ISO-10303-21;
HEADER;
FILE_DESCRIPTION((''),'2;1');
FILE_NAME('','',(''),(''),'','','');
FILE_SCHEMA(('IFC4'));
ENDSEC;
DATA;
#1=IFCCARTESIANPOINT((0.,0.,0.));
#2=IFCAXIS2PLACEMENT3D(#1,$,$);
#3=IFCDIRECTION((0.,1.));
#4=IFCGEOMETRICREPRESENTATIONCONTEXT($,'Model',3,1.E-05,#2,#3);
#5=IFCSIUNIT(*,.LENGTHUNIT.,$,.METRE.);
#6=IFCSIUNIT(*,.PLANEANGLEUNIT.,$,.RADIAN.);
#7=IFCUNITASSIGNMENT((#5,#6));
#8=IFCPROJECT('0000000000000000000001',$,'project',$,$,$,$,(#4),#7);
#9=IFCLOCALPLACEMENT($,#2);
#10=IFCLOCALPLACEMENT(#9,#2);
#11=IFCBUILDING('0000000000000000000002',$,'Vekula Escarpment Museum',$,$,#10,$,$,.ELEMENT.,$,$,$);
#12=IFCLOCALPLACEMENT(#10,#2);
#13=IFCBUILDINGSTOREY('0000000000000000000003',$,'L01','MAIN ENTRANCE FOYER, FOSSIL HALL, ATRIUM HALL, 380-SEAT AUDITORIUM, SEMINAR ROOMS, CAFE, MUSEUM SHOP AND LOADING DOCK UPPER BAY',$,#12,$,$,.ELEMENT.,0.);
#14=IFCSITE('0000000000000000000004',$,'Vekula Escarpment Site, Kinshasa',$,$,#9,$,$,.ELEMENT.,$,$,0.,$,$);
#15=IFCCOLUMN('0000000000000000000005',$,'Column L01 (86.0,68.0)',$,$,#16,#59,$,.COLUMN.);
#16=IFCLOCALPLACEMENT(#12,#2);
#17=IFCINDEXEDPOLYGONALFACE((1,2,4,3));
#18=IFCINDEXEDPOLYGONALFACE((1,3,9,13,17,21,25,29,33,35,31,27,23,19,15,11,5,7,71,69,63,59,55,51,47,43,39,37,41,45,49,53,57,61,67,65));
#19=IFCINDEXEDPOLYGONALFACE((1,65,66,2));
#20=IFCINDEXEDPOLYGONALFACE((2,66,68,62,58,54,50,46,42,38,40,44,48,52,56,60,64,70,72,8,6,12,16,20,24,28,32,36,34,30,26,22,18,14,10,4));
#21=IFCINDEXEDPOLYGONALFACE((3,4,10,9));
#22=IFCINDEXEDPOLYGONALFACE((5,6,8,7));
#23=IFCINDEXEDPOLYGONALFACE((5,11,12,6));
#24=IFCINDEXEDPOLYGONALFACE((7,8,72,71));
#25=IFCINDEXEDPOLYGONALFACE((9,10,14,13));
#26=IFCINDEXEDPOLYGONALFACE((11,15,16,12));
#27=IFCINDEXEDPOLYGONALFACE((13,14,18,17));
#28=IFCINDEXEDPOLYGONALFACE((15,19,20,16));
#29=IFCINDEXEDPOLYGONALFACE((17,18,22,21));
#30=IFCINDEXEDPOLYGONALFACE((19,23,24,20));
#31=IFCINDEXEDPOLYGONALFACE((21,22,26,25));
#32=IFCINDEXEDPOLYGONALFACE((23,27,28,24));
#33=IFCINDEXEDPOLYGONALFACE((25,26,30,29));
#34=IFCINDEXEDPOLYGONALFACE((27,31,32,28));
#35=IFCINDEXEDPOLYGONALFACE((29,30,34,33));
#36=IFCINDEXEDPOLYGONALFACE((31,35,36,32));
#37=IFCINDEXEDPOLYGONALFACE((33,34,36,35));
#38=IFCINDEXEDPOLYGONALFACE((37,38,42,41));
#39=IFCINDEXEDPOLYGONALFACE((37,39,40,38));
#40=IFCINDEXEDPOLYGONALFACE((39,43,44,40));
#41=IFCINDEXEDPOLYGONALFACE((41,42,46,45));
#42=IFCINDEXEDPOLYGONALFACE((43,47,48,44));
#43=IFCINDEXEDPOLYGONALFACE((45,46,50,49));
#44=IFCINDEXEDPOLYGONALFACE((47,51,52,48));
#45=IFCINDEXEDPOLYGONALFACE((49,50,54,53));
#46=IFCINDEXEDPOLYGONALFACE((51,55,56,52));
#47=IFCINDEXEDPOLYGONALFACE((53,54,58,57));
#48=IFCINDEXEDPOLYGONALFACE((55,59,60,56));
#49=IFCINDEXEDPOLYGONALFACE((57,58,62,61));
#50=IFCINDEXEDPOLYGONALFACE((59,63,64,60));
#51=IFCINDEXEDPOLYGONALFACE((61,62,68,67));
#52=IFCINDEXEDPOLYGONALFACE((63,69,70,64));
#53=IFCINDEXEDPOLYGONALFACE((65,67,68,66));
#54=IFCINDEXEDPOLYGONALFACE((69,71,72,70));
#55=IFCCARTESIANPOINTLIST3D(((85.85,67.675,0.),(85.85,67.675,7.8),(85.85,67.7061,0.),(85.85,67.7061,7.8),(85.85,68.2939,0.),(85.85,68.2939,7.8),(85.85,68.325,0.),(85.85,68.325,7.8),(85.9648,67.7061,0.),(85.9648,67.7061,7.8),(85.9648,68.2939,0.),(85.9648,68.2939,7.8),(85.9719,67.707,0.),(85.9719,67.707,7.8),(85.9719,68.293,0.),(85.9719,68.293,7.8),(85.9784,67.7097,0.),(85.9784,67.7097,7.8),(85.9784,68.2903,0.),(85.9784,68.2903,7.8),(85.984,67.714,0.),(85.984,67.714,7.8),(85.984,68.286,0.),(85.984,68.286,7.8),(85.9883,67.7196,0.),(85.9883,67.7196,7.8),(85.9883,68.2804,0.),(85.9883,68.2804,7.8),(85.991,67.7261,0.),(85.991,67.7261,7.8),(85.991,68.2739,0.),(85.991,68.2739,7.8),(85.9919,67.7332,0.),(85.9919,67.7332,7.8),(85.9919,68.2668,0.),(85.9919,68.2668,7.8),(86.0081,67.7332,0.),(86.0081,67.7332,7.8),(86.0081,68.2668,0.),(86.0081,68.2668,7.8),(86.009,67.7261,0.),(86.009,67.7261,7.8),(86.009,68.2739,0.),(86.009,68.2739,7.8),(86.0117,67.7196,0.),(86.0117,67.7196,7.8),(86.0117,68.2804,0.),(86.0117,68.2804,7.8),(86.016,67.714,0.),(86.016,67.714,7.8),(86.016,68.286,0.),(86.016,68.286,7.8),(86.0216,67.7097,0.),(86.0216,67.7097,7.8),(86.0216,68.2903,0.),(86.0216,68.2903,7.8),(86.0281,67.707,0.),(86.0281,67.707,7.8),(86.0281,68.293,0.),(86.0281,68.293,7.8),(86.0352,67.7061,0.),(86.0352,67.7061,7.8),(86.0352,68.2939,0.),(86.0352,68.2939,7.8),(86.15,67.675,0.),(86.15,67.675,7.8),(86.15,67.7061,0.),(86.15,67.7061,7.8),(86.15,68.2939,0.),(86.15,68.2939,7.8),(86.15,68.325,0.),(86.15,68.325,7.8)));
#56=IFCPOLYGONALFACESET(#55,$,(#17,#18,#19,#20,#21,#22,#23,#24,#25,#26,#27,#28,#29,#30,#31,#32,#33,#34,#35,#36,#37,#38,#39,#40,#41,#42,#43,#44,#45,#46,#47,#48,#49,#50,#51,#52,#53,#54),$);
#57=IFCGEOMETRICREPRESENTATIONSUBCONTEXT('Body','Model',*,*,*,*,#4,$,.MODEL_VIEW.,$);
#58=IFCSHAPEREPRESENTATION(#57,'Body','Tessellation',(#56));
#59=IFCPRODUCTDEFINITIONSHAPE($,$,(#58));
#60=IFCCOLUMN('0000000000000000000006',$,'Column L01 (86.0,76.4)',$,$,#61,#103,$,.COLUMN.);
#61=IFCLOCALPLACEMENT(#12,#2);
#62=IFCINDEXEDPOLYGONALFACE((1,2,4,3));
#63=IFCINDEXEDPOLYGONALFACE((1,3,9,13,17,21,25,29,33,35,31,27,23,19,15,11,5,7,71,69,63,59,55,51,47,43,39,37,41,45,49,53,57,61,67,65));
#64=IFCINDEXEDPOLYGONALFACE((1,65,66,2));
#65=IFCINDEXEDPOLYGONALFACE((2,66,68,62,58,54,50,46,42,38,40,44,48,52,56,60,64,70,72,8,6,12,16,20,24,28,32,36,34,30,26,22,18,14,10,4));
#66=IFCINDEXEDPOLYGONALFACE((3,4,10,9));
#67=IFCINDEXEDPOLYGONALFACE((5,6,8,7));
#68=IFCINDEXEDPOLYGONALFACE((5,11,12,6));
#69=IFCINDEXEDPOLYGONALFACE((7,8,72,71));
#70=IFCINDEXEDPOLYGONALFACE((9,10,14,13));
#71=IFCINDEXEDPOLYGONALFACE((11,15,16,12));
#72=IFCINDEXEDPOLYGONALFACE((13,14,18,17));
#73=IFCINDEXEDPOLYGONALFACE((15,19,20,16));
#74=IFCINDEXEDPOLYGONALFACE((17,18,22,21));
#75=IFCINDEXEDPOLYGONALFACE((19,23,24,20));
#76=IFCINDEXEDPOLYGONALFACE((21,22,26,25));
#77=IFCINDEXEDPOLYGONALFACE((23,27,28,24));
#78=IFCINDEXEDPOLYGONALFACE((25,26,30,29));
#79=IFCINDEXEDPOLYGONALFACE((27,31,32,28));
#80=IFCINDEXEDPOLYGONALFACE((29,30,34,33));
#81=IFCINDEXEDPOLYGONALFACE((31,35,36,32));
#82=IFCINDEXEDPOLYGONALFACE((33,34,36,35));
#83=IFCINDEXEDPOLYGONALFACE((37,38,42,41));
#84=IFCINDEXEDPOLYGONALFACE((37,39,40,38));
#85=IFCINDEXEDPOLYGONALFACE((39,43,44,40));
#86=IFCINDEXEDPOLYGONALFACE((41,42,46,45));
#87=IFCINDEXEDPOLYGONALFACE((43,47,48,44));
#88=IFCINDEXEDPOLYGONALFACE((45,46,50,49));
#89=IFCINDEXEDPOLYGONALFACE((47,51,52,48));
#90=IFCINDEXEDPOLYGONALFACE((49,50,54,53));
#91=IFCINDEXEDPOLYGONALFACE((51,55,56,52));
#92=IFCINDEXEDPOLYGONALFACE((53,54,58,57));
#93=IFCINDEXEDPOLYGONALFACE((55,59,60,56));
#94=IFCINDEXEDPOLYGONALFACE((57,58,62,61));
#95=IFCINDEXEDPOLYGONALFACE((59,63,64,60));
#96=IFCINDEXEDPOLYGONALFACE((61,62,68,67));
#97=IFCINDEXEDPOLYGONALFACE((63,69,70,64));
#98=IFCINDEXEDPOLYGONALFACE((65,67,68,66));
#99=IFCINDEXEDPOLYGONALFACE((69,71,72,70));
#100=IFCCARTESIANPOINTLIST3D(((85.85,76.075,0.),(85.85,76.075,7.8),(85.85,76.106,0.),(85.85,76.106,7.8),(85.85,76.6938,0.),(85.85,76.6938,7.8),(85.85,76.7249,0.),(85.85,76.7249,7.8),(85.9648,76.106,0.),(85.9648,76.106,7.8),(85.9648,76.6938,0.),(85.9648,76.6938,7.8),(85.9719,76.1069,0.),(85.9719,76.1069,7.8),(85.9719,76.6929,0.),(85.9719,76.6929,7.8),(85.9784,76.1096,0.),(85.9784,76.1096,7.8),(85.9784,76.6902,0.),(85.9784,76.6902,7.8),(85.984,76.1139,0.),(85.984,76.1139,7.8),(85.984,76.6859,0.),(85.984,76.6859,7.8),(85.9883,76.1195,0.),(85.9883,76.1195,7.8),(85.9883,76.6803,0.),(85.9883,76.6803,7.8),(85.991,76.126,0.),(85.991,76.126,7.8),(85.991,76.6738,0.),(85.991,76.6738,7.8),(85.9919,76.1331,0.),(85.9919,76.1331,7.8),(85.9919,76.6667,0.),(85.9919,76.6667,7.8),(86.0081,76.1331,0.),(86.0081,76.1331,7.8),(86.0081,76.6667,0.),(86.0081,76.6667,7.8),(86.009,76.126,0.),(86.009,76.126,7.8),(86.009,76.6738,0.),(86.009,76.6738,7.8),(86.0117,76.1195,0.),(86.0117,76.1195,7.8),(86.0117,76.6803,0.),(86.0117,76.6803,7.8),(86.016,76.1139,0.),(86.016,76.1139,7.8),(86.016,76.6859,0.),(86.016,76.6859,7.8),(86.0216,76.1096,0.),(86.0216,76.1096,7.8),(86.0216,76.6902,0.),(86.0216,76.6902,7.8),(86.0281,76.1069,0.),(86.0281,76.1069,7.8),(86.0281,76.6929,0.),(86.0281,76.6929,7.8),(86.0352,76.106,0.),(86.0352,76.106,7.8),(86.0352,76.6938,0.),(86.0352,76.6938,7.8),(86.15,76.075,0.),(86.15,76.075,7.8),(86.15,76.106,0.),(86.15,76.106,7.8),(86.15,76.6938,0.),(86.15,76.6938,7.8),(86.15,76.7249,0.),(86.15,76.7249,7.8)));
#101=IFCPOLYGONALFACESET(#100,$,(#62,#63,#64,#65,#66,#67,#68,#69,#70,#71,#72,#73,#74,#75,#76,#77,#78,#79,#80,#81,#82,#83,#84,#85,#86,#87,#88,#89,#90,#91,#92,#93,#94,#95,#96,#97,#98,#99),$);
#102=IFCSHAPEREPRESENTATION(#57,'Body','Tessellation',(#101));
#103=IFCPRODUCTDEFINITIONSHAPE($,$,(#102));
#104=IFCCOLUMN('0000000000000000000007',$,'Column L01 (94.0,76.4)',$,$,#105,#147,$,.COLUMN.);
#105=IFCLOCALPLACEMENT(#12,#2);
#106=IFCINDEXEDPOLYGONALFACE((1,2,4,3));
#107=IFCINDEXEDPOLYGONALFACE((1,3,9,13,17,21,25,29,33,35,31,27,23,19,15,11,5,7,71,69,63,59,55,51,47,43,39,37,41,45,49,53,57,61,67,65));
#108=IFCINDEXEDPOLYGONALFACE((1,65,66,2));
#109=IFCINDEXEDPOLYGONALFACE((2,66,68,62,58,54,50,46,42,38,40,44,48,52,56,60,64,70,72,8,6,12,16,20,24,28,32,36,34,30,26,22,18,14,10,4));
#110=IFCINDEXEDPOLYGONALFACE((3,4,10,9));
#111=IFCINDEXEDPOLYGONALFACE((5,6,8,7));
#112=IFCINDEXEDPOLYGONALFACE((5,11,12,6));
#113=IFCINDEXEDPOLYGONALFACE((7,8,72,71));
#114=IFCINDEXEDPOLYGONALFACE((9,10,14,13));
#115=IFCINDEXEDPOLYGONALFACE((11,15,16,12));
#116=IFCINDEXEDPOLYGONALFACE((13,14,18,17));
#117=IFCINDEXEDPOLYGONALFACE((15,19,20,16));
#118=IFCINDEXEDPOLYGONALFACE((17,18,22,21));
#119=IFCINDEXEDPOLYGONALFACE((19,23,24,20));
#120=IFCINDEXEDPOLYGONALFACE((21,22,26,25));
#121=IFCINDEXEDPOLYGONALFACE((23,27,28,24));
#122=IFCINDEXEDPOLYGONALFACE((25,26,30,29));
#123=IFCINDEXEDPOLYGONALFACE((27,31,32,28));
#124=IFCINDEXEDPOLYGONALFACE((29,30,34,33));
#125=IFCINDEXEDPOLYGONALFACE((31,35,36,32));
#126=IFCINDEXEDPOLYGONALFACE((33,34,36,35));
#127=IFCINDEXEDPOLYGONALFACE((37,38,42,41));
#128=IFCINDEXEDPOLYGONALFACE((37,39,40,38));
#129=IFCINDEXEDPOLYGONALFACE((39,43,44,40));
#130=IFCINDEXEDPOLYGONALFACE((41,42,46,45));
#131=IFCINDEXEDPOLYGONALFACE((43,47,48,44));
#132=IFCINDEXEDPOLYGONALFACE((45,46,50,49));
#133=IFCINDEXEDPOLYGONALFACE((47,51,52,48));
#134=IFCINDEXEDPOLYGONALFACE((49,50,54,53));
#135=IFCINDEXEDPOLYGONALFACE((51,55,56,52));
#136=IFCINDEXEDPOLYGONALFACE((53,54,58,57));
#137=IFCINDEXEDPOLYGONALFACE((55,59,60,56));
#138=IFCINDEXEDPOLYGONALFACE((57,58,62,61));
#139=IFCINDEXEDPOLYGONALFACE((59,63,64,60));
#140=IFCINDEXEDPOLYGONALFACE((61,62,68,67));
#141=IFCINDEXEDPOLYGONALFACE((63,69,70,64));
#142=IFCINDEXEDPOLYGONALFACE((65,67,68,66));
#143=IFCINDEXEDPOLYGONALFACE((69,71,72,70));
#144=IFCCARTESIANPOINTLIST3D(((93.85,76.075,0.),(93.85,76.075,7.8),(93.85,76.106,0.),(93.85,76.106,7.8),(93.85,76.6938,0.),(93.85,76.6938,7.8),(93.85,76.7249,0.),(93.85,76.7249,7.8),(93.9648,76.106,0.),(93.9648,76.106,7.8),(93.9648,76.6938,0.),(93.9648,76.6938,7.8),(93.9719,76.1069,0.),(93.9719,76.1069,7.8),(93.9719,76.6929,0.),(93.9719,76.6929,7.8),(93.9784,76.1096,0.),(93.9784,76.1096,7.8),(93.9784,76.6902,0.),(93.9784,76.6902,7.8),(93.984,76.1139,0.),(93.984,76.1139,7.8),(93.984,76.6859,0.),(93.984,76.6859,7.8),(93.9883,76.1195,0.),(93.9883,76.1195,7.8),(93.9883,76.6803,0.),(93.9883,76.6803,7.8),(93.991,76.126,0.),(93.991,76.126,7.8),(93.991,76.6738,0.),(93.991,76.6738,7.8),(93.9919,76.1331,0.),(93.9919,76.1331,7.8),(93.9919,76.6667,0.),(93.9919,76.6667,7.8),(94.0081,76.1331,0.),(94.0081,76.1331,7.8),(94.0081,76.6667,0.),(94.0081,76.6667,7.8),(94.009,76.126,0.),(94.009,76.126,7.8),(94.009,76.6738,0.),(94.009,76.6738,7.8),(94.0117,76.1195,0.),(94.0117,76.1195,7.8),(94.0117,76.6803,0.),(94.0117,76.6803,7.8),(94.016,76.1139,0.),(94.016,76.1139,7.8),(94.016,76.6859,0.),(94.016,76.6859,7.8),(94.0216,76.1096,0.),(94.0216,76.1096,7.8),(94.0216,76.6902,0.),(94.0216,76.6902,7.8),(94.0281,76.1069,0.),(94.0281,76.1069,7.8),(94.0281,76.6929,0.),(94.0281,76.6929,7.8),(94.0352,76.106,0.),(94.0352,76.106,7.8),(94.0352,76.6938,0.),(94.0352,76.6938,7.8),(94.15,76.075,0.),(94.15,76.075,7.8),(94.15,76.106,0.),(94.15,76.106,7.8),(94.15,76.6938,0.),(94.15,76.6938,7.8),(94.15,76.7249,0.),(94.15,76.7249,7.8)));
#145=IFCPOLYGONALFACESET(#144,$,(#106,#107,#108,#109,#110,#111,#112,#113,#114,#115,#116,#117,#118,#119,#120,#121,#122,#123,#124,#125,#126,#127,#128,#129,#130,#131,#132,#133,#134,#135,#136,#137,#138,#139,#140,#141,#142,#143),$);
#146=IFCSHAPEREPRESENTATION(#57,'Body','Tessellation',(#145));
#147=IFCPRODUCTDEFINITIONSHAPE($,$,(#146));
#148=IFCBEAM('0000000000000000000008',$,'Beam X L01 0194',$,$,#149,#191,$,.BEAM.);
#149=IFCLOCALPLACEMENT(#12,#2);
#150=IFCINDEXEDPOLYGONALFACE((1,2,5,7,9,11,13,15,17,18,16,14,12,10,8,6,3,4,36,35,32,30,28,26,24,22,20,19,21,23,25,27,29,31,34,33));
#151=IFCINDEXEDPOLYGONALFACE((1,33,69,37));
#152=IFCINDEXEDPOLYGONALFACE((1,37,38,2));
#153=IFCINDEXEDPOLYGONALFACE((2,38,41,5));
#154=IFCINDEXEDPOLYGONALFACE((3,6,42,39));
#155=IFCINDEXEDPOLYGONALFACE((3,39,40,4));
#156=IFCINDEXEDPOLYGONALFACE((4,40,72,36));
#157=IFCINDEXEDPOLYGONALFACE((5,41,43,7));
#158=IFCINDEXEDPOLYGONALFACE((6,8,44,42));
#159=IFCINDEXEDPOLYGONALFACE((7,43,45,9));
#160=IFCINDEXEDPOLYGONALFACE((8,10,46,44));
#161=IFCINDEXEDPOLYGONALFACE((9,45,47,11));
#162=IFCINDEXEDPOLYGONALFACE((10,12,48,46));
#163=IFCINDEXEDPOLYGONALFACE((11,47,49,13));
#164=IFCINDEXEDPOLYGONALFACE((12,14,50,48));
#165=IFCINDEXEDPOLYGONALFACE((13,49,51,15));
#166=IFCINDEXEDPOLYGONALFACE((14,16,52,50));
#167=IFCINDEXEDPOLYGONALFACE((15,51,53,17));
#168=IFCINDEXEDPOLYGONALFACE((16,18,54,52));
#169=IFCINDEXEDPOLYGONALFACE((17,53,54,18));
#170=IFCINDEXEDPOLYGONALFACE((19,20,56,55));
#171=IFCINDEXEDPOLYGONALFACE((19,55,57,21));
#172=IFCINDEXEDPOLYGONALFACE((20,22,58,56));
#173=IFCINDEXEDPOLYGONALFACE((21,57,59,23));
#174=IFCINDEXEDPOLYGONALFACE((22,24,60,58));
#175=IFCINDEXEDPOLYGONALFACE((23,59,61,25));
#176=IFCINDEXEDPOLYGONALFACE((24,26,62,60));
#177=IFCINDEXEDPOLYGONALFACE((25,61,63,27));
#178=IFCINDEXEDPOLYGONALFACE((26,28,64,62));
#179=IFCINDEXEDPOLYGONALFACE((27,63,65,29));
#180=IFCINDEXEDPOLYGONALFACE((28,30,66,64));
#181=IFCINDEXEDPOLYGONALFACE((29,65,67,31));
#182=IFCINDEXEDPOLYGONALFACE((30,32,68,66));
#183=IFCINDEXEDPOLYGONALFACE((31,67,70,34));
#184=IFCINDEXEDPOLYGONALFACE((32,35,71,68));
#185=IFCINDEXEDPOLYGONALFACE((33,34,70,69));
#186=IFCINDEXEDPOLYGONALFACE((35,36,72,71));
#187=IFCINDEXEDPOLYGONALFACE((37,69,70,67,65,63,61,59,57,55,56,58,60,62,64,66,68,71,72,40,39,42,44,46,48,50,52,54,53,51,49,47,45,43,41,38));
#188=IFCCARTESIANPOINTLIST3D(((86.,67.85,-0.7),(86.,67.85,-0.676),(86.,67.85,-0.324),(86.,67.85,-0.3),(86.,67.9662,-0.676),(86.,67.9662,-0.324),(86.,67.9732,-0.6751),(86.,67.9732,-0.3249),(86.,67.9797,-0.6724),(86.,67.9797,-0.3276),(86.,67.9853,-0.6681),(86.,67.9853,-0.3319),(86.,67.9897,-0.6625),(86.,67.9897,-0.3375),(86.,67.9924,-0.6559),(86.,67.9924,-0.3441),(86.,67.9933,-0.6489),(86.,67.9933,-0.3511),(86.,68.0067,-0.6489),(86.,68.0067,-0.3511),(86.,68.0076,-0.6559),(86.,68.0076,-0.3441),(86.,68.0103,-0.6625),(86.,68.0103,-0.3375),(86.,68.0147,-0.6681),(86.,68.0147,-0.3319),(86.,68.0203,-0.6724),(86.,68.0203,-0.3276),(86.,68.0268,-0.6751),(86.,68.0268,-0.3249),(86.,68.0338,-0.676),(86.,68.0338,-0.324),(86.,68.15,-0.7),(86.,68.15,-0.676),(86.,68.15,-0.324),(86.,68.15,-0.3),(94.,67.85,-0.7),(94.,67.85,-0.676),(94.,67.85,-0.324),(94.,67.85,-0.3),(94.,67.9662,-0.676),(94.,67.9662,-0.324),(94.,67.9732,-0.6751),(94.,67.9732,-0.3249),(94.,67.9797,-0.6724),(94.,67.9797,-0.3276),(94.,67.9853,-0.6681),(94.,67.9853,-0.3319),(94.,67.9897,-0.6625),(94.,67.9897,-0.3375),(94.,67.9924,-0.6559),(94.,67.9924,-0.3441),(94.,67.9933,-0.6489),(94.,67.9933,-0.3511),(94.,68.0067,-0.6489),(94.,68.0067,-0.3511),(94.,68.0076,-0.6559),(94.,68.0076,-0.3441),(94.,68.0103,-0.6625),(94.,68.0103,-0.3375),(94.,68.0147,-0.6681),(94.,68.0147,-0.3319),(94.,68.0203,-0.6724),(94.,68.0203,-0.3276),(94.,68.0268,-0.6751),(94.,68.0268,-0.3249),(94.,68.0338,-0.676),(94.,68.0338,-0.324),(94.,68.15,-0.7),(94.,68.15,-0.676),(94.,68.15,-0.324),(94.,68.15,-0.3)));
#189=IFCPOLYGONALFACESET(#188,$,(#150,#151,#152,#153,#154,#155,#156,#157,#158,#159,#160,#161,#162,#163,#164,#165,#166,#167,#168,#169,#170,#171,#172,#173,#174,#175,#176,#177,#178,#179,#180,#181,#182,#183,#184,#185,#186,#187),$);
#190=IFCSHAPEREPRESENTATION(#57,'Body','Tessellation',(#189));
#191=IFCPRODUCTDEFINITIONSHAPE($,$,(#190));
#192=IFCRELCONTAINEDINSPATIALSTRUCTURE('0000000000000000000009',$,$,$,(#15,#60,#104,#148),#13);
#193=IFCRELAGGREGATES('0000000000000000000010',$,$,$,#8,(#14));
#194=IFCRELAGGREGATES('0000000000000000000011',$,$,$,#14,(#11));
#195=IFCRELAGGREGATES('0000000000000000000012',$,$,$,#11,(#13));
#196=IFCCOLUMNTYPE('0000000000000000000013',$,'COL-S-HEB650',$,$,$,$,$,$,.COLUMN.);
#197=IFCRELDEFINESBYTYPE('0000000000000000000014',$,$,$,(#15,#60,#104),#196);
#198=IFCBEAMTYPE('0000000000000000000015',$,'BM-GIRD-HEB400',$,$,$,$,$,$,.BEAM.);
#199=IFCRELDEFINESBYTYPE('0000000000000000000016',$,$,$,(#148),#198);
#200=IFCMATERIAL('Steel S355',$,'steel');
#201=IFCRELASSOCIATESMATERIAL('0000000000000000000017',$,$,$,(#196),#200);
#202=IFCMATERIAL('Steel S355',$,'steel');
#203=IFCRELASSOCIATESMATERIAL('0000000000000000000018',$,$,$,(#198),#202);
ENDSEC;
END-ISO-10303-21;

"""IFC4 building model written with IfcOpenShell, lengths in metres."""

from ifc_helpers import new_model, si_unit, direction, frame, origin, origin_2d, place, context, subcontext, project, spatial, i_section, extrude, material, material_profile, profile_set, type_object, element, save


model = new_model("IFC4")

# Units and contexts
model_context = context("Model", 3, precision=1e-05, world=origin(), true_north=direction((0.0, 1.0)))
body_context = subcontext(model_context, "Body", "Model", "MODEL_VIEW")
ifc_project = project(units=[si_unit("LENGTHUNIT", "METRE"), si_unit("PLANEANGLEUNIT", "RADIAN")], contexts=[model_context])

# Site, building, storey
site_placement = place(None, origin())
site = spatial("IfcSite", under=ifc_project, at=site_placement, Name="Vekula Escarpment Site, Kinshasa", CompositionType="ELEMENT", RefElevation=0.0)
building_placement = place(site_placement, origin())
building = spatial("IfcBuilding", under=site, at=building_placement, Name="Vekula Escarpment Museum", CompositionType="ELEMENT")
storey_placement = place(building_placement, origin())
storey = spatial("IfcBuildingStorey", under=building, at=storey_placement, Name="L01", Description="MAIN ENTRANCE FOYER, FOSSIL HALL, ATRIUM HALL, 380-SEAT AUDITORIUM, SEMINAR ROOMS, CAFE, MUSEUM SHOP AND LOADING DOCK UPPER BAY", CompositionType="ELEMENT", Elevation=0.0)

# Columns
ifc_material_1 = material(Name="Steel S355", Category="steel")
ifc_material_profile_1 = material_profile(ifc_material_1, i_section(OverallWidth=0.3, OverallDepth=0.6499, WebThickness=0.0161, FlangeThickness=0.031, FilletRadius=0.0271, at=origin_2d()), Name="HEB 650")
ifc_profile_set_1 = profile_set([ifc_material_profile_1], Name="Steel S355")
column_type = type_object("IfcColumnType", Name="COL-S-HEB650", PredefinedType="COLUMN", material=ifc_profile_set_1)
for number, where, z_axis, x_axis, name in (
    (1, (86.0, 68.0, 0.0), (0.0, 0.0, 1.0), (1.0, 0.0, 0.0), "Column L01 (86.0,68.0)"),
    (2, (86.0, 76.3999, 0.0), (0.0, 0.0, 1.0), (1.0, 0.0, 0.0), "Column L01 (86.0,76.4)"),
    (3, (94.0, 76.3999, 0.0), (0.0, 0.0, 1.0), (1.0, 0.0, 0.0), "Column L01 (94.0,76.4)"),
):
    element("IfcColumn", number, at=place(storey_placement, frame(where, z_axis=z_axis, x_axis=x_axis)), inside=storey, type_object=column_type, Name=name, PredefinedType="COLUMN", context=body_context, shape_type="SweptSolid", body=[
        extrude(i_section(OverallWidth=0.3, OverallDepth=0.6499, WebThickness=0.0161, FlangeThickness=0.031, FilletRadius=0.0271, at=origin_2d()), origin(), (0.0, 0.0, 1.0), 7.8),
    ])

# Beam
ifc_material_2 = material(Name="Steel S355", Category="steel")
ifc_material_profile_2 = material_profile(ifc_material_2, i_section(OverallWidth=0.3, OverallDepth=0.3999, WebThickness=0.0134, FlangeThickness=0.0239, FilletRadius=0.0271, at=origin_2d()), Name="HEB 400")
ifc_profile_set_2 = profile_set([ifc_material_profile_2], Name="Steel S355")
beam_type_1 = type_object("IfcBeamType", Name="BM-GIRD-HEB400", PredefinedType="BEAM", material=ifc_profile_set_2)
beam_1_placement = place(storey_placement, frame((86.0, 68.0, -0.5), z_axis=(1.0, 0.0, 0.0), x_axis=(0.0, 1.0, 0.0)))
element("IfcBeam", 4, at=beam_1_placement, inside=storey, type_object=beam_type_1, Name="Beam X L01 0194", PredefinedType="BEAM", context=body_context, shape_type="SweptSolid", body=[
    extrude(i_section(OverallWidth=0.3, OverallDepth=0.3999, WebThickness=0.0134, FlangeThickness=0.0239, FilletRadius=0.0271, at=origin_2d()), origin(), (0.0, 0.0, 1.0), 8.0),
])

save(model, "model.ifc")
